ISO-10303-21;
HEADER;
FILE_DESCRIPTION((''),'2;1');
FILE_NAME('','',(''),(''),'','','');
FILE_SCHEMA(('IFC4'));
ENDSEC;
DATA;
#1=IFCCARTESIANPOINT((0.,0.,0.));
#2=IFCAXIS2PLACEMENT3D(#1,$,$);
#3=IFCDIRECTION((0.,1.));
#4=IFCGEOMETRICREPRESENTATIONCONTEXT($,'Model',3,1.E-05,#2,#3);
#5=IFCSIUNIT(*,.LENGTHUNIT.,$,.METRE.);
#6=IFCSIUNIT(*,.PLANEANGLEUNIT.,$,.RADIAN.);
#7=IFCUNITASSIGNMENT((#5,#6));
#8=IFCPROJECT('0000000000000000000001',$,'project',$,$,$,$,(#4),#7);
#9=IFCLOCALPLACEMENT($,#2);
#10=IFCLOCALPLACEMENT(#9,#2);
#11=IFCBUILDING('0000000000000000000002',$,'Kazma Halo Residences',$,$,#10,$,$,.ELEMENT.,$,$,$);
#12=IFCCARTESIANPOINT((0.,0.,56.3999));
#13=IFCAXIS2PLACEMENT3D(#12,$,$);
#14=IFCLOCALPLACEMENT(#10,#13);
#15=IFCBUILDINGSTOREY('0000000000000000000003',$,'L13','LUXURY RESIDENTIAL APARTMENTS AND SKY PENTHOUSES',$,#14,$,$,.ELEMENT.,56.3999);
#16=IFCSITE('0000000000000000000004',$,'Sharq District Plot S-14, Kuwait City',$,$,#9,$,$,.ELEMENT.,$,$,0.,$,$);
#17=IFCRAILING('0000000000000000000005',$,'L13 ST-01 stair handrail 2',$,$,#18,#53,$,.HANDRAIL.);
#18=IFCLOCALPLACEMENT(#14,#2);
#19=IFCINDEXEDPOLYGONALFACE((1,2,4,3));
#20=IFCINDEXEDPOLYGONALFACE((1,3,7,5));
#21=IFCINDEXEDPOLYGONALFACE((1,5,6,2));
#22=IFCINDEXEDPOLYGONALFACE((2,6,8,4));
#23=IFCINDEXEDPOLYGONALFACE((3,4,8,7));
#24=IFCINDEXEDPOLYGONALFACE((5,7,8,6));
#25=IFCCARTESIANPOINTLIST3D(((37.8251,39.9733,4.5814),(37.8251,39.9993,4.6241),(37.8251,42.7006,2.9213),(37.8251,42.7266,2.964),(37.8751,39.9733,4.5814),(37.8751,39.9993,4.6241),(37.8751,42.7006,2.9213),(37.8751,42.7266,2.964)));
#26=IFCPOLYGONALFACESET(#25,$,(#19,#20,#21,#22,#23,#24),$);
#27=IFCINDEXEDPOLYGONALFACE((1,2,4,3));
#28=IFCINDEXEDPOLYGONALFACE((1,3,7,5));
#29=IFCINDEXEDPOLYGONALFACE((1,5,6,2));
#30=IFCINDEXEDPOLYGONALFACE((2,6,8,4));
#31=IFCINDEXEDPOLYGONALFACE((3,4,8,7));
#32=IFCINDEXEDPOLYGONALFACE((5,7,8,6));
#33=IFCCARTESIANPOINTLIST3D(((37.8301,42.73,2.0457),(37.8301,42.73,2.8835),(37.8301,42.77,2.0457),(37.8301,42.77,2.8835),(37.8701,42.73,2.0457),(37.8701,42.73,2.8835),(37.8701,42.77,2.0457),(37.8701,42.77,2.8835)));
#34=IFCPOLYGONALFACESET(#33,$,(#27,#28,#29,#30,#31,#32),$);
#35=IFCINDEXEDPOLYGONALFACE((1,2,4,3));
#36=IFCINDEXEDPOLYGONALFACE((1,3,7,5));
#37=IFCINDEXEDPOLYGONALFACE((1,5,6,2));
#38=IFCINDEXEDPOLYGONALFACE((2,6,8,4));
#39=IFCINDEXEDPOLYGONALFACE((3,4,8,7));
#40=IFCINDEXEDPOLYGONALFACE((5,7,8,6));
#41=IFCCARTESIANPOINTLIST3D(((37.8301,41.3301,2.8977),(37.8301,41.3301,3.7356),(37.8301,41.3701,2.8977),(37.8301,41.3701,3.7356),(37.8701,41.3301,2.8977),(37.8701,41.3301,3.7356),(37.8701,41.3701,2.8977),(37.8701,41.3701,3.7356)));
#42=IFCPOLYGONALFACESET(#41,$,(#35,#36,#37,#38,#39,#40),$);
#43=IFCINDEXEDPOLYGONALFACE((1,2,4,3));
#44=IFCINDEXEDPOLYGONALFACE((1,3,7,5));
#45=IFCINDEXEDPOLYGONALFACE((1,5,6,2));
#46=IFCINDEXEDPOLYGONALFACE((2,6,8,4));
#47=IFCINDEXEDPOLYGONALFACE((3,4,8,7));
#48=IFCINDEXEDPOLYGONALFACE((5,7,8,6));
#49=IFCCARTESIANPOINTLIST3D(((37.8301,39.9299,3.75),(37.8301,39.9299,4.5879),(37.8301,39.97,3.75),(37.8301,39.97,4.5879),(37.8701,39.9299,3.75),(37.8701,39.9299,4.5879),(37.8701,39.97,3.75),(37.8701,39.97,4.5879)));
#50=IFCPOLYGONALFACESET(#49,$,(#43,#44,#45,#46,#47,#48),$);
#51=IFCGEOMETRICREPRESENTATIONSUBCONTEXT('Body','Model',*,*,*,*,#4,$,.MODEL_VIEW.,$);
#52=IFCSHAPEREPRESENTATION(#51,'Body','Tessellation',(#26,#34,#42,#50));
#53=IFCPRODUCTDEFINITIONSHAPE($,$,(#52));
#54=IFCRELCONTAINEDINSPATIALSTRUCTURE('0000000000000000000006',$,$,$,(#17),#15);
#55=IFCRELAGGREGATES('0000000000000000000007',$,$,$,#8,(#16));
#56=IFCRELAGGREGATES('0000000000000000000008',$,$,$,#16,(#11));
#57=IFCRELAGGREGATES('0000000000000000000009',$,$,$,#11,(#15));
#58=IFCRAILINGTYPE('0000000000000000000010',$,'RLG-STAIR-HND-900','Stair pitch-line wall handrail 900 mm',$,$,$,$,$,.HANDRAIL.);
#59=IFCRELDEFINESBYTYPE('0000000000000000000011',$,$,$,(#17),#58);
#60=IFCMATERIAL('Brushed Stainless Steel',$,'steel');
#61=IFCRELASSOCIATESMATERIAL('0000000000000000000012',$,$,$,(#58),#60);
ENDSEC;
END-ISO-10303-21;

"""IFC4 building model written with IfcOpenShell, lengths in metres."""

from ifc_helpers import new_model, si_unit, direction, frame, origin, origin_2d, place, context, subcontext, project, spatial, rectangle, extrude, material, type_object, element, save


model = new_model("IFC4")

# Units and contexts
model_context = context("Model", 3, precision=1e-05, world=origin(), true_north=direction((0.0, 1.0)))
body_context = subcontext(model_context, "Body", "Model", "MODEL_VIEW")
ifc_project = project(units=[si_unit("LENGTHUNIT", "METRE"), si_unit("PLANEANGLEUNIT", "RADIAN")], contexts=[model_context])

# Site, building, storey
site_placement = place(None, origin())
site = spatial("IfcSite", under=ifc_project, at=site_placement, Name="Sharq District Plot S-14, Kuwait City", CompositionType="ELEMENT", RefElevation=0.0)
building_placement = place(site_placement, origin())
building = spatial("IfcBuilding", under=site, at=building_placement, Name="Kazma Halo Residences", CompositionType="ELEMENT")
storey_placement = place(building_placement, frame((0.0, 0.0, 56.3999)))
storey = spatial("IfcBuildingStorey", under=building, at=storey_placement, Name="L13", Description="LUXURY RESIDENTIAL APARTMENTS AND SKY PENTHOUSES", CompositionType="ELEMENT", Elevation=56.3999)

# Railing
ifc_material_1 = material(Name="Brushed Stainless Steel", Category="steel")
railing_type_1 = type_object("IfcRailingType", Name="RLG-STAIR-HND-900", Description="Stair pitch-line wall handrail 900 mm", PredefinedType="HANDRAIL", material=ifc_material_1)
railing_1_placement = place(storey_placement, frame((37.8501, 42.75, 2.0457)))
element("IfcRailing", 1, at=railing_1_placement, inside=storey, type_object=railing_type_1, Name="L13 ST-01 stair handrail 2", PredefinedType="HANDRAIL", context=body_context, shape_type="SweptSolid", body=[
    extrude(rectangle(XDim=0.05, YDim=0.05, at=origin_2d()), frame((0.0, -0.0364, 0.897), z_axis=(0.0, -0.854203, 0.51994), x_axis=(1.0, 0.0, 0.0)), (0.0, 0.0, 1.0), 3.1929),
    extrude(rectangle(XDim=0.04, YDim=0.04, at=origin_2d()), origin(), (0.0, 0.0, 1.0), 0.8379),
    extrude(rectangle(XDim=0.04, YDim=0.04, at=origin_2d()), frame((0.0, -1.3999, 0.8521)), (0.0, 0.0, 1.0), 0.8379),
    extrude(rectangle(XDim=0.04, YDim=0.04, at=origin_2d()), frame((0.0, -2.8, 1.7043)), (0.0, 0.0, 1.0), 0.8379),
])

save(model, "model.ifc")
